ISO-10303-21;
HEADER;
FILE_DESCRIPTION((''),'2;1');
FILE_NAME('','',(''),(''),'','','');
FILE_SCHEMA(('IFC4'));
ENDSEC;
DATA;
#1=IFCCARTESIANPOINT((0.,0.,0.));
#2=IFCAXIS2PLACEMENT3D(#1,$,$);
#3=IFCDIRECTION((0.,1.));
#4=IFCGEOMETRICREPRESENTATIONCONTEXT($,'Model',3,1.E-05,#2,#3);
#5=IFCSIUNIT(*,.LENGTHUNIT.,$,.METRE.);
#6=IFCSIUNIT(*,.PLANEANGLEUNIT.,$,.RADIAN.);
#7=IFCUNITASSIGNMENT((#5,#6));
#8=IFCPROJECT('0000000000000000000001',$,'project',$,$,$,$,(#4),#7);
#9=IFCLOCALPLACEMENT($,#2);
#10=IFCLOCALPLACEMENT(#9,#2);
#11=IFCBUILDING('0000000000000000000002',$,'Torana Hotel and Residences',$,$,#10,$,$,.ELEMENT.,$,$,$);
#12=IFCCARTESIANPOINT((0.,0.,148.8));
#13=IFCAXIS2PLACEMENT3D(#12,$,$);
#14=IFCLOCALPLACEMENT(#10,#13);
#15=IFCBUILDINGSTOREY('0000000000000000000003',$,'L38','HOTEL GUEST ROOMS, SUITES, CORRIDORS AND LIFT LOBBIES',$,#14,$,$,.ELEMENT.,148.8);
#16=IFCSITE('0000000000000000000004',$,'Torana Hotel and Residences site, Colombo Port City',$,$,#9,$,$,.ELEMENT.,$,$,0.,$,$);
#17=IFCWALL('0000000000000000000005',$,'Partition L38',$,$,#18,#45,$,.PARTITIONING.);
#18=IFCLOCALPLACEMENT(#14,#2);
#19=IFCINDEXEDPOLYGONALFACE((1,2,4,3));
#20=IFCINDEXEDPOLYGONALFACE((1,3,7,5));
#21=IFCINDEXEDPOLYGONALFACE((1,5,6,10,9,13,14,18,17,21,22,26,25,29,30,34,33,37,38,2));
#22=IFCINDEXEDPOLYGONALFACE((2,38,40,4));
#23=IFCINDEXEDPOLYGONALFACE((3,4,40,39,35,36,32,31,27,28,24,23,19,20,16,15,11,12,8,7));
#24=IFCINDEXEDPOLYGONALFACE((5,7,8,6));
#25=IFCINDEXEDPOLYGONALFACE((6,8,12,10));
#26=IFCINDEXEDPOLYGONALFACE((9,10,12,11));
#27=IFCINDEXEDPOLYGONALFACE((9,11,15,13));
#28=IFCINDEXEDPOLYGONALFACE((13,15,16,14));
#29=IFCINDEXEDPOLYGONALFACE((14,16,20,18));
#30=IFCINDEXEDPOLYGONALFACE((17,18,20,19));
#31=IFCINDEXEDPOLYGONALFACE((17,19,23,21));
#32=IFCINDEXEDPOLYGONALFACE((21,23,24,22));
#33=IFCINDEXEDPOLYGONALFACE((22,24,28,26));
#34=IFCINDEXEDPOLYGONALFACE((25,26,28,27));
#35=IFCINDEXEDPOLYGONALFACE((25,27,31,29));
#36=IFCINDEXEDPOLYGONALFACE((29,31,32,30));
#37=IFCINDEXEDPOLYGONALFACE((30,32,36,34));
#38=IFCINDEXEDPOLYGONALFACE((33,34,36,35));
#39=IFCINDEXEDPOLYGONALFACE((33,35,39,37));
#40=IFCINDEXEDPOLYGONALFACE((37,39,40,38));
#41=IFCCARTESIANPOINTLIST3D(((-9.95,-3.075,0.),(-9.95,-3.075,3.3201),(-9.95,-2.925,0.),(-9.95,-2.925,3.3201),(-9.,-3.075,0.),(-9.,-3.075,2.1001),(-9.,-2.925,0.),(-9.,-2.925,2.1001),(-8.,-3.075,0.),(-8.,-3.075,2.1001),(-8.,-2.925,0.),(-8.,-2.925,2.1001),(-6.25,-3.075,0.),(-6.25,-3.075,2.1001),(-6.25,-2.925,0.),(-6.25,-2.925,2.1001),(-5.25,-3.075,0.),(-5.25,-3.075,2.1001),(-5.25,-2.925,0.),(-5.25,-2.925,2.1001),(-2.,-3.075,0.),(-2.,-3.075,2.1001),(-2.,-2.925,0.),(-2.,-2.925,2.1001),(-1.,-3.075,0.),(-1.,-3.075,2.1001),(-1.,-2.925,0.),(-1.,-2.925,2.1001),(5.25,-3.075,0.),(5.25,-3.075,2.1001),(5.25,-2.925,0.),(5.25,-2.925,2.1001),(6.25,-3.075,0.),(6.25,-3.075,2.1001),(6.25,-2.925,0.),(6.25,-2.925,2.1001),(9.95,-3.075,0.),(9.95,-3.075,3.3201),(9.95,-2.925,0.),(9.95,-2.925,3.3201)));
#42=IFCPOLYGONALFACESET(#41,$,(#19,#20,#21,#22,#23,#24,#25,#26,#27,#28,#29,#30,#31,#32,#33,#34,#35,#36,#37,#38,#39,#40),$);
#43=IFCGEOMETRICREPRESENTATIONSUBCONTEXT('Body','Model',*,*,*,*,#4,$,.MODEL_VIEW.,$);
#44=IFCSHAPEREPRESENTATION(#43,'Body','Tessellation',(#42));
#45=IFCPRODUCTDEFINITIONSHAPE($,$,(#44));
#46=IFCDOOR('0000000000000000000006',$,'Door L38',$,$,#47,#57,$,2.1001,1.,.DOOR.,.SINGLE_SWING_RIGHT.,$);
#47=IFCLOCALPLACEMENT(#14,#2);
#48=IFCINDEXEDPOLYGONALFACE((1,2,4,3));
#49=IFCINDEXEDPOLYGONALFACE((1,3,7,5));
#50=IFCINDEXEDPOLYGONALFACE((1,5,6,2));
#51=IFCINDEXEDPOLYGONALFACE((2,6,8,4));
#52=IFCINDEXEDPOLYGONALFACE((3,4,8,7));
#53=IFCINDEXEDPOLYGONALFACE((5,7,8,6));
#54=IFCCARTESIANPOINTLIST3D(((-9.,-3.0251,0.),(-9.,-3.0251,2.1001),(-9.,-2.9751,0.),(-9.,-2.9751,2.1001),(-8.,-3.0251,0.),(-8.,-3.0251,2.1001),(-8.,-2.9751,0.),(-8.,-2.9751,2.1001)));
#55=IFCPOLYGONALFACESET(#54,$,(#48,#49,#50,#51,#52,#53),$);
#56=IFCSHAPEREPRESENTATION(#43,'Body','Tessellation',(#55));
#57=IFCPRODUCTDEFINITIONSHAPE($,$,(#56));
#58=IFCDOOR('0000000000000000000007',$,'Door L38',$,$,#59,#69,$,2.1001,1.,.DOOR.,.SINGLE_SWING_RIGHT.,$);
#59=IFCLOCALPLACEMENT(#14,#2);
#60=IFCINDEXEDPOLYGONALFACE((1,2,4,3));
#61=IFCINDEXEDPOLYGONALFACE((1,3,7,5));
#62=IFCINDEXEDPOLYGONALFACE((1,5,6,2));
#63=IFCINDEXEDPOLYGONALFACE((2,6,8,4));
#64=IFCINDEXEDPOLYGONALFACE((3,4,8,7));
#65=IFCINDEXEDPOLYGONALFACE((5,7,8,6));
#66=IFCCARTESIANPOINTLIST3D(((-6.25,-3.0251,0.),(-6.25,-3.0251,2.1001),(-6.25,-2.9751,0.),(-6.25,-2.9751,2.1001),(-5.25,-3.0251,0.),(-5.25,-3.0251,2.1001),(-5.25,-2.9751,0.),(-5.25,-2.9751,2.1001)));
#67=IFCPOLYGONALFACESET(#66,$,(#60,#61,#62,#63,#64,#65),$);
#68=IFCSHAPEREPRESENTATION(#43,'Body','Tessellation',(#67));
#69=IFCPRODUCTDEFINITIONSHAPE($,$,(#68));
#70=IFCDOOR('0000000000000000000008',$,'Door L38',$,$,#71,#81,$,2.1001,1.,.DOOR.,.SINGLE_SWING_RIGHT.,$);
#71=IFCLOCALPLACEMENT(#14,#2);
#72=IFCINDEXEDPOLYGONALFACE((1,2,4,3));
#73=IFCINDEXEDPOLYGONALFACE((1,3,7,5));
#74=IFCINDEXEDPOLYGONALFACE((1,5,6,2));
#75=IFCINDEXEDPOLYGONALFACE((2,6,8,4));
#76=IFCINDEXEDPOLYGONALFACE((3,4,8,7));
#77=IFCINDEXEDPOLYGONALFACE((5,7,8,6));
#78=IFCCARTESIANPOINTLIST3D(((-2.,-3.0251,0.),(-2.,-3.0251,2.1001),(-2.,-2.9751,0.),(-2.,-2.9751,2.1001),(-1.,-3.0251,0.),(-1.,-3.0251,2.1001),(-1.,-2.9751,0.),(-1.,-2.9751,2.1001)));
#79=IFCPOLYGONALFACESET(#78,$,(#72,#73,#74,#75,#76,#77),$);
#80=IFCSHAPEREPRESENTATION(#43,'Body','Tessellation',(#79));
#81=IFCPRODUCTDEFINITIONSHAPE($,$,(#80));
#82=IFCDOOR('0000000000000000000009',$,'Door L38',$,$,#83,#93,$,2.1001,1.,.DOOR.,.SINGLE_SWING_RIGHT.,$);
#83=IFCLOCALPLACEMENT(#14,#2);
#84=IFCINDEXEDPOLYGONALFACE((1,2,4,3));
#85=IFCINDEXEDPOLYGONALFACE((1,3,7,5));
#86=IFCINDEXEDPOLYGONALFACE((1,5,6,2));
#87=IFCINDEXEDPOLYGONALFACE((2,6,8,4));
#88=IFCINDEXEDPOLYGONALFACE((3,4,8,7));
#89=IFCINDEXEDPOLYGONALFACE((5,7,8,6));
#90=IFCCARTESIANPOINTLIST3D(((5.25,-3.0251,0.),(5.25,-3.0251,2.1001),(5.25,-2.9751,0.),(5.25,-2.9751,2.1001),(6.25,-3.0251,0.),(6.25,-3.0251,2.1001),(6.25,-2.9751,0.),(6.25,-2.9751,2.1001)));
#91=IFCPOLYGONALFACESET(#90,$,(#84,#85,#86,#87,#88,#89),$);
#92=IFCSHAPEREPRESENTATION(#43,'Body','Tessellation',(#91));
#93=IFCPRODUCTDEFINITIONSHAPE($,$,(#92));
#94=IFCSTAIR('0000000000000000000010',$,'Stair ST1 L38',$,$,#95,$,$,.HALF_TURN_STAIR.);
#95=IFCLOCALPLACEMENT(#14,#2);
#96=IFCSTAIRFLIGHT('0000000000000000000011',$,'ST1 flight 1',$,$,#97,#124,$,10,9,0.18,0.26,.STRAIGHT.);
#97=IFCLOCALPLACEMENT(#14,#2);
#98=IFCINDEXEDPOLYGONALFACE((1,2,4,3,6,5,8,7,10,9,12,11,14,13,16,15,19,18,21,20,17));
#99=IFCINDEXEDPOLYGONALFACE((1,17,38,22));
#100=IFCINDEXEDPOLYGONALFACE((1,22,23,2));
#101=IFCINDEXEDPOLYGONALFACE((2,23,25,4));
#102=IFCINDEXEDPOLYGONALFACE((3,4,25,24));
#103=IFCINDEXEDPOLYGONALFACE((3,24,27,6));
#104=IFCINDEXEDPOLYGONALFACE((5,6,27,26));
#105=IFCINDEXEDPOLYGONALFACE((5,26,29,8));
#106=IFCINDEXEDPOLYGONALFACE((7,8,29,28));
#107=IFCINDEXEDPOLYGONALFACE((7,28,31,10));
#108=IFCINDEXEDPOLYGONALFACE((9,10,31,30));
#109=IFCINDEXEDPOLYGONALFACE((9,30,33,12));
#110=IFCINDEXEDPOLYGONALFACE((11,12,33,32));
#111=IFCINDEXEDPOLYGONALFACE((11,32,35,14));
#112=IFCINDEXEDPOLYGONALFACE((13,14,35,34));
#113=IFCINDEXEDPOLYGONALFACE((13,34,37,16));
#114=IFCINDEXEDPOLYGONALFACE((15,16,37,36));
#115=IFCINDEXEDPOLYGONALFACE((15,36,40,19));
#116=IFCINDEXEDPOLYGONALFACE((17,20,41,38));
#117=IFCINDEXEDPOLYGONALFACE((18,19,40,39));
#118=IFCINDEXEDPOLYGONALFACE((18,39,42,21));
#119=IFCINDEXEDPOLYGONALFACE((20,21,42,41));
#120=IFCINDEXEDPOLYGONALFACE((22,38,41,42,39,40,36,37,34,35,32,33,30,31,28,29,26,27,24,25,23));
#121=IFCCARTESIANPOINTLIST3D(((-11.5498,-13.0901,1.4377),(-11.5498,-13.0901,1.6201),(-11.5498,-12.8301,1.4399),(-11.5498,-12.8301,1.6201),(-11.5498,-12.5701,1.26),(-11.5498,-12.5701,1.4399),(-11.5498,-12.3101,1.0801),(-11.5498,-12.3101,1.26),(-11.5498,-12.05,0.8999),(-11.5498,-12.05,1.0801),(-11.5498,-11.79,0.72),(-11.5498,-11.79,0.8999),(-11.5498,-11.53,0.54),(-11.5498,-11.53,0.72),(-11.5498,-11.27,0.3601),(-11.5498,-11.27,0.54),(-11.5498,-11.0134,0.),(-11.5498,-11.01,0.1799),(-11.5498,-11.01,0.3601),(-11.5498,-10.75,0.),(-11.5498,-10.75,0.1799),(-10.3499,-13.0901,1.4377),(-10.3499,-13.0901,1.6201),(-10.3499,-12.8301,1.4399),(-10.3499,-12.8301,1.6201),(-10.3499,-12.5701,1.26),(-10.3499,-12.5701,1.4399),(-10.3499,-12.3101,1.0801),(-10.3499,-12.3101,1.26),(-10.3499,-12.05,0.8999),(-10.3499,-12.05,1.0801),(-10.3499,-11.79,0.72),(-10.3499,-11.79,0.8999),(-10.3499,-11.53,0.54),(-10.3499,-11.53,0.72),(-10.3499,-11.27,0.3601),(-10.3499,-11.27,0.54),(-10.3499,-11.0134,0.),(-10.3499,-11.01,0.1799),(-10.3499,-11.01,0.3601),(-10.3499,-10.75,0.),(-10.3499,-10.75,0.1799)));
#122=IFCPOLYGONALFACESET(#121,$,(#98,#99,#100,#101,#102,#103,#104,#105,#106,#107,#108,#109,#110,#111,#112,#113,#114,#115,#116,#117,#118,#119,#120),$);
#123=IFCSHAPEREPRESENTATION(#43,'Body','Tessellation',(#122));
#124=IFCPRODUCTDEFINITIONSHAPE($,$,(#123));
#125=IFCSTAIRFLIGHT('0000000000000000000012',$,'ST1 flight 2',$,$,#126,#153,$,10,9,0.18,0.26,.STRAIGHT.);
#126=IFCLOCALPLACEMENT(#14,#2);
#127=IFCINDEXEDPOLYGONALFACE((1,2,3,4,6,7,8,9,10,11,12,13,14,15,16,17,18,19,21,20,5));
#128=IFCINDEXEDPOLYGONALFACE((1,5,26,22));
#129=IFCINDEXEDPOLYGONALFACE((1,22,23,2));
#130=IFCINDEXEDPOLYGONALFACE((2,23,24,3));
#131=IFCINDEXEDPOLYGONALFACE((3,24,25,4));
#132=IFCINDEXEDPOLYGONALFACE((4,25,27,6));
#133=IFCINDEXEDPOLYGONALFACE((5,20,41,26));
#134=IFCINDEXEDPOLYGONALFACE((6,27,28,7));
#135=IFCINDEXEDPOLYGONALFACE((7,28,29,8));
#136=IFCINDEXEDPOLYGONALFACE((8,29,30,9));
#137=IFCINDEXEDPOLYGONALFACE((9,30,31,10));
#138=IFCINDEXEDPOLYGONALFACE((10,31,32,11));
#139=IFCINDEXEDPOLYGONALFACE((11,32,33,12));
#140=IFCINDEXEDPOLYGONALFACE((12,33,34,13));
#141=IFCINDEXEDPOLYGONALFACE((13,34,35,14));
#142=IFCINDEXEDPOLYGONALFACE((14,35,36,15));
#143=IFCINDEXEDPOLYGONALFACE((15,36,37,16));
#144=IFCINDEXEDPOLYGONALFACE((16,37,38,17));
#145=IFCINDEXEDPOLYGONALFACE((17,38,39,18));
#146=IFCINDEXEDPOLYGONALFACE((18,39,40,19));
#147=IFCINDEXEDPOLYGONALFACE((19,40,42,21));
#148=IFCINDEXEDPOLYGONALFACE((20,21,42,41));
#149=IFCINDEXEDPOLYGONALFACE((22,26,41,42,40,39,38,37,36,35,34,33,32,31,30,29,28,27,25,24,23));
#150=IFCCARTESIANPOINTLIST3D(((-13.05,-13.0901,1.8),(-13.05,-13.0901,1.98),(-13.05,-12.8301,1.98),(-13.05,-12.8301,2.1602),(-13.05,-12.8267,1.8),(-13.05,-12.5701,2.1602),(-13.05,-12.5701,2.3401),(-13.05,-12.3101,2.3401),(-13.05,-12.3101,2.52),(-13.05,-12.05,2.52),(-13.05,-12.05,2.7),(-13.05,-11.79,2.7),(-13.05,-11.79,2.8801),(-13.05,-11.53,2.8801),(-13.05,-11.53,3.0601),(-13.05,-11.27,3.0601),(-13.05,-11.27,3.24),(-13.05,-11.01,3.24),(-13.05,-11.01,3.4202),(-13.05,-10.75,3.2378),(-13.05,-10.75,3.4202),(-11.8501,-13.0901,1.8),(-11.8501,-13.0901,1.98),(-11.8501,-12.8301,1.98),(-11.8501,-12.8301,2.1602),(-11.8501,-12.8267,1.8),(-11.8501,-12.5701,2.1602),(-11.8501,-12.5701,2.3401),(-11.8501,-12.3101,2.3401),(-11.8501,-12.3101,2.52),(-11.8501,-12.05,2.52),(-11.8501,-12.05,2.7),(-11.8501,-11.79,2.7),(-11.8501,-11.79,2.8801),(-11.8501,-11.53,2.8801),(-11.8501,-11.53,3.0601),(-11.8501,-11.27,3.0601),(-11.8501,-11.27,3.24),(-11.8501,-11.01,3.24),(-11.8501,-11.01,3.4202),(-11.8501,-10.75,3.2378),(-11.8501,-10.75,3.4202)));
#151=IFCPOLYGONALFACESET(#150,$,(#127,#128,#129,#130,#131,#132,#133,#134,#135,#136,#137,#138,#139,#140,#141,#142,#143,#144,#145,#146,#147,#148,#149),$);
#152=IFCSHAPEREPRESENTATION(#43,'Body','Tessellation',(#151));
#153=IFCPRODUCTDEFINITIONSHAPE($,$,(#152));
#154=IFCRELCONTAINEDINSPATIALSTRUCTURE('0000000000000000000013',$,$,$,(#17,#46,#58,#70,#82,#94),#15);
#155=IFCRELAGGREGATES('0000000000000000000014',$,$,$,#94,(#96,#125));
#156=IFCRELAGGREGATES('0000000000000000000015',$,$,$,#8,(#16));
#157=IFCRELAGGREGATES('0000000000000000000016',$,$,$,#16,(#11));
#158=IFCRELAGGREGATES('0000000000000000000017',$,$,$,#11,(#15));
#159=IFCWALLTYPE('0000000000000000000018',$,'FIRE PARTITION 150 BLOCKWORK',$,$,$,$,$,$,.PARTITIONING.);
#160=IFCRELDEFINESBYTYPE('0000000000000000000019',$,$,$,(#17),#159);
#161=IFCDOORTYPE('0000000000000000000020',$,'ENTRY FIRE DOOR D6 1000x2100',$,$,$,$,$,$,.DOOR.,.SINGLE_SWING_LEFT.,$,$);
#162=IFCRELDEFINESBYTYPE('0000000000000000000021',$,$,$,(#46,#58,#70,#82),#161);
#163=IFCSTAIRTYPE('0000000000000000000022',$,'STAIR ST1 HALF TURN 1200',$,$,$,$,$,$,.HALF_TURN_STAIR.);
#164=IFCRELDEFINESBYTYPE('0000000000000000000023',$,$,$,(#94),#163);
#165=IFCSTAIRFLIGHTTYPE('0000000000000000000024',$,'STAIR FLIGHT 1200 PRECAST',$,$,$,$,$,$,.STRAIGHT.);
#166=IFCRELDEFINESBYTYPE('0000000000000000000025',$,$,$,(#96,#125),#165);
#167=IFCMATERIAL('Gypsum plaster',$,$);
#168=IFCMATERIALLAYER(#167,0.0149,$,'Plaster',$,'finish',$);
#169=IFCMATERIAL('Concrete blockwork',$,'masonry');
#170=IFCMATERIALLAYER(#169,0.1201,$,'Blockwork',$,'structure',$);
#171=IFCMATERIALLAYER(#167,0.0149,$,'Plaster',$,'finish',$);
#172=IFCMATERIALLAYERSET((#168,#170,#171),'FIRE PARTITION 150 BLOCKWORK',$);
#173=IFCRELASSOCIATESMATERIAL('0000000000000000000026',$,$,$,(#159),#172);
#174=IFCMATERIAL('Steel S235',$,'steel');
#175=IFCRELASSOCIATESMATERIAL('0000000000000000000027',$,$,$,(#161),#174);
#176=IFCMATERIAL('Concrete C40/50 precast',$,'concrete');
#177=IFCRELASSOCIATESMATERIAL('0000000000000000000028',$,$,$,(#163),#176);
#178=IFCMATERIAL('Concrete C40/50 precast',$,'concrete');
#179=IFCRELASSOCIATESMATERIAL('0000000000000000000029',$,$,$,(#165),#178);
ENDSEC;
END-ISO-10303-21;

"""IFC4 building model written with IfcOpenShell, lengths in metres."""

from ifc_helpers import new_model, si_unit, direction, frame, frame_2d, origin, place, context, subcontext, project, spatial, polyline, rectangle, outline, extrude, material, layer, layer_set, type_object, element, fill, aggregate, save


model = new_model("IFC4")

# Units and contexts
model_context = context("Model", 3, precision=1e-05, world=origin(), true_north=direction((0.0, 1.0)))
body_context = subcontext(model_context, "Body", "Model", "MODEL_VIEW")
ifc_project = project(units=[si_unit("LENGTHUNIT", "METRE"), si_unit("PLANEANGLEUNIT", "RADIAN")], contexts=[model_context])

# Site, building, storey
site_placement = place(None, origin())
site = spatial("IfcSite", under=ifc_project, at=site_placement, Name="Torana Hotel and Residences site, Colombo Port City", CompositionType="ELEMENT", RefElevation=0.0)
building_placement = place(site_placement, origin())
building = spatial("IfcBuilding", under=site, at=building_placement, Name="Torana Hotel and Residences", CompositionType="ELEMENT")
storey_placement = place(building_placement, frame((0.0, 0.0, 148.8)))
storey = spatial("IfcBuildingStorey", under=building, at=storey_placement, Name="L38", Description="HOTEL GUEST ROOMS, SUITES, CORRIDORS AND LIFT LOBBIES", CompositionType="ELEMENT", Elevation=148.8)

# Shared definitions
ifc_material_1 = material(Name="Gypsum plaster")
ifc_layer_1 = layer(ifc_material_1, 0.0149, Name="Plaster", Category="finish")
ifc_material_2 = material(Name="Concrete blockwork", Category="masonry")
ifc_layer_2 = layer(ifc_material_2, 0.1201, Name="Blockwork", Category="structure")
ifc_layer_3 = layer(ifc_material_1, 0.0149, Name="Plaster", Category="finish")
ifc_layer_set_1 = layer_set([ifc_layer_1, ifc_layer_2, ifc_layer_3], Name="FIRE PARTITION 150 BLOCKWORK")
wall_type_1 = type_object("IfcWallType", Name="FIRE PARTITION 150 BLOCKWORK", PredefinedType="PARTITIONING", material=ifc_layer_set_1)

# Wall, openings, doors
ifc_material_3 = material(Name="Steel S235", Category="steel")
door_type_1 = type_object("IfcDoorType", Name="ENTRY FIRE DOOR D6 1000x2100", OperationType="SINGLE_SWING_LEFT", PredefinedType="DOOR", material=ifc_material_3)
wall_1_placement = place(storey_placement, frame((-9.95, -3.0, 0.0), z_axis=(0.0, 0.0, 1.0), x_axis=(1.0, 0.0, 0.0)))
wall_1 = element("IfcWall", 1, at=wall_1_placement, inside=storey, type_object=wall_type_1, Name="Partition L38", PredefinedType="PARTITIONING", context=body_context, shape_type="SweptSolid", body=[
    extrude(rectangle(XDim=19.8999, YDim=0.1499, at=frame_2d((9.95, 0.0))), origin(), (0.0, 0.0, 1.0), 3.3201),
])
opening_1_placement = place(wall_1_placement, frame((0.95, 0.0, 0.0)))
opening_1 = element("IfcOpeningElement", 2, at=opening_1_placement, cuts=wall_1, PredefinedType="OPENING", context=body_context, shape_type="SweptSolid", body=[
    extrude(rectangle(XDim=1.0, YDim=2.1001, at=frame_2d((0.5, 1.05))), frame((0.0, 0.085, 0.0), z_axis=(0.0, -1.0, 0.0), x_axis=(1.0, 0.0, 0.0)), (0.0, 0.0, 1.0), 0.1699),
])
opening_2_placement = place(wall_1_placement, frame((3.7, 0.0, 0.0)))
opening_2 = element("IfcOpeningElement", 3, at=opening_2_placement, cuts=wall_1, PredefinedType="OPENING", context=body_context, shape_type="SweptSolid", body=[
    extrude(rectangle(XDim=1.0, YDim=2.1001, at=frame_2d((0.5, 1.05))), frame((0.0, 0.085, 0.0), z_axis=(0.0, -1.0, 0.0), x_axis=(1.0, 0.0, 0.0)), (0.0, 0.0, 1.0), 0.1699),
])
opening_3_placement = place(wall_1_placement, frame((7.95, 0.0, 0.0)))
opening_3 = element("IfcOpeningElement", 4, at=opening_3_placement, cuts=wall_1, PredefinedType="OPENING", context=body_context, shape_type="SweptSolid", body=[
    extrude(rectangle(XDim=1.0, YDim=2.1001, at=frame_2d((0.5, 1.05))), frame((0.0, 0.085, 0.0), z_axis=(0.0, -1.0, 0.0), x_axis=(1.0, 0.0, 0.0)), (0.0, 0.0, 1.0), 0.1699),
])
opening_4_placement = place(wall_1_placement, frame((15.2, 0.0, 0.0)))
opening_4 = element("IfcOpeningElement", 5, at=opening_4_placement, cuts=wall_1, PredefinedType="OPENING", context=body_context, shape_type="SweptSolid", body=[
    extrude(rectangle(XDim=1.0, YDim=2.1001, at=frame_2d((0.5, 1.05))), frame((0.0, 0.085, 0.0), z_axis=(0.0, -1.0, 0.0), x_axis=(1.0, 0.0, 0.0)), (0.0, 0.0, 1.0), 0.1699),
])
door_1_placement = place(opening_1_placement, origin())
door_1 = element("IfcDoor", 6, at=door_1_placement, inside=storey, type_object=door_type_1, Name="Door L38", OperationType="SINGLE_SWING_RIGHT", OverallHeight=2.1001, OverallWidth=1.0, PredefinedType="DOOR", context=body_context, shape_type="SweptSolid", body=[
    extrude(rectangle(XDim=1.0, YDim=2.1001, at=frame_2d((0.5, 1.05))), frame((0.0, 0.0249, 0.0), z_axis=(0.0, -1.0, 0.0), x_axis=(1.0, 0.0, 0.0)), (0.0, 0.0, 1.0), 0.05),
])
fill(opening_1, door_1)
door_2_placement = place(opening_2_placement, origin())
door_2 = element("IfcDoor", 7, at=door_2_placement, inside=storey, type_object=door_type_1, Name="Door L38", OperationType="SINGLE_SWING_RIGHT", OverallHeight=2.1001, OverallWidth=1.0, PredefinedType="DOOR", context=body_context, shape_type="SweptSolid", body=[
    extrude(rectangle(XDim=1.0, YDim=2.1001, at=frame_2d((0.5, 1.05))), frame((0.0, 0.0249, 0.0), z_axis=(0.0, -1.0, 0.0), x_axis=(1.0, 0.0, 0.0)), (0.0, 0.0, 1.0), 0.05),
])
fill(opening_2, door_2)
door_3_placement = place(opening_3_placement, origin())
door_3 = element("IfcDoor", 8, at=door_3_placement, inside=storey, type_object=door_type_1, Name="Door L38", OperationType="SINGLE_SWING_RIGHT", OverallHeight=2.1001, OverallWidth=1.0, PredefinedType="DOOR", context=body_context, shape_type="SweptSolid", body=[
    extrude(rectangle(XDim=1.0, YDim=2.1001, at=frame_2d((0.5, 1.05))), frame((0.0, 0.0249, 0.0), z_axis=(0.0, -1.0, 0.0), x_axis=(1.0, 0.0, 0.0)), (0.0, 0.0, 1.0), 0.05),
])
fill(opening_3, door_3)
door_4_placement = place(opening_4_placement, origin())
door_4 = element("IfcDoor", 9, at=door_4_placement, inside=storey, type_object=door_type_1, Name="Door L38", OperationType="SINGLE_SWING_RIGHT", OverallHeight=2.1001, OverallWidth=1.0, PredefinedType="DOOR", context=body_context, shape_type="SweptSolid", body=[
    extrude(rectangle(XDim=1.0, YDim=2.1001, at=frame_2d((0.5, 1.05))), frame((0.0, 0.0249, 0.0), z_axis=(0.0, -1.0, 0.0), x_axis=(1.0, 0.0, 0.0)), (0.0, 0.0, 1.0), 0.05),
])
fill(opening_4, door_4)

# Stair, stair flights
ifc_material_4 = material(Name="Concrete C40/50 precast", Category="concrete")
stair_type = type_object("IfcStairType", Name="STAIR ST1 HALF TURN 1200", PredefinedType="HALF_TURN_STAIR", material=ifc_material_4)
stair_placement = place(storey_placement, origin())
stair = element("IfcStair", 10, at=stair_placement, inside=storey, type_object=stair_type, Name="Stair ST1 L38", PredefinedType="HALF_TURN_STAIR")
ifc_material_5 = material(Name="Concrete C40/50 precast", Category="concrete")
stair_flight_type = type_object("IfcStairFlightType", Name="STAIR FLIGHT 1200 PRECAST", PredefinedType="STRAIGHT", material=ifc_material_5)
stair_flight_1_placement = place(storey_placement, frame((-10.95, -10.75, 0.0), z_axis=(0.0, 0.0, 1.0), x_axis=(0.0, -1.0, 0.0)))
stair_flight_1 = element("IfcStairFlight", 11, at=stair_flight_1_placement, type_object=stair_flight_type, Name="ST1 flight 1", NumberOfRisers=10, NumberOfTreads=9, PredefinedType="STRAIGHT", RiserHeight=0.18, TreadLength=0.26, context=body_context, shape_type="SweptSolid", body=[
    extrude(outline(polyline([(0.0, 0.0), (0.0, 0.1799), (0.26, 0.1799), (0.26, 0.3601), (0.52, 0.3601), (0.52, 0.54), (0.78, 0.54), (0.78, 0.72), (1.04, 0.72), (1.04, 0.8999), (1.3, 0.8999), (1.3, 1.0801), (1.5601, 1.0801), (1.5601, 1.26), (1.8201, 1.26), (1.8201, 1.4399), (2.0801, 1.4399), (2.0801, 1.6201), (2.3401, 1.6201), (2.3401, 1.8), (2.3401, 1.4377), (0.2634, 0.0), (0.0, 0.0)])), frame((0.0, 0.6001, 0.0), z_axis=(0.0, -1.0, 0.0), x_axis=(1.0, 0.0, 0.0)), (0.0, 0.0, 1.0), 1.2),
])
stair_flight_2_placement = place(storey_placement, frame((-12.45, -13.0901, 1.8), z_axis=(0.0, 0.0, 1.0), x_axis=(0.0, 1.0, 0.0)))
stair_flight_2 = element("IfcStairFlight", 12, at=stair_flight_2_placement, type_object=stair_flight_type, Name="ST1 flight 2", NumberOfRisers=10, NumberOfTreads=9, PredefinedType="STRAIGHT", RiserHeight=0.18, TreadLength=0.26, context=body_context, shape_type="SweptSolid", body=[
    extrude(outline(polyline([(0.0, 0.0), (0.0, 0.1799), (0.26, 0.1799), (0.26, 0.3601), (0.52, 0.3601), (0.52, 0.54), (0.78, 0.54), (0.78, 0.72), (1.04, 0.72), (1.04, 0.8999), (1.3, 0.8999), (1.3, 1.0801), (1.5601, 1.0801), (1.5601, 1.26), (1.8201, 1.26), (1.8201, 1.4399), (2.0801, 1.4399), (2.0801, 1.6201), (2.3401, 1.6201), (2.3401, 1.8), (2.3401, 1.4377), (0.2634, 0.0), (0.0, 0.0)])), frame((0.0, 0.6001, 0.0), z_axis=(0.0, -1.0, 0.0), x_axis=(1.0, 0.0, 0.0)), (0.0, 0.0, 1.0), 1.2),
])
aggregate(stair, [stair_flight_1, stair_flight_2])

save(model, "model.ifc")
